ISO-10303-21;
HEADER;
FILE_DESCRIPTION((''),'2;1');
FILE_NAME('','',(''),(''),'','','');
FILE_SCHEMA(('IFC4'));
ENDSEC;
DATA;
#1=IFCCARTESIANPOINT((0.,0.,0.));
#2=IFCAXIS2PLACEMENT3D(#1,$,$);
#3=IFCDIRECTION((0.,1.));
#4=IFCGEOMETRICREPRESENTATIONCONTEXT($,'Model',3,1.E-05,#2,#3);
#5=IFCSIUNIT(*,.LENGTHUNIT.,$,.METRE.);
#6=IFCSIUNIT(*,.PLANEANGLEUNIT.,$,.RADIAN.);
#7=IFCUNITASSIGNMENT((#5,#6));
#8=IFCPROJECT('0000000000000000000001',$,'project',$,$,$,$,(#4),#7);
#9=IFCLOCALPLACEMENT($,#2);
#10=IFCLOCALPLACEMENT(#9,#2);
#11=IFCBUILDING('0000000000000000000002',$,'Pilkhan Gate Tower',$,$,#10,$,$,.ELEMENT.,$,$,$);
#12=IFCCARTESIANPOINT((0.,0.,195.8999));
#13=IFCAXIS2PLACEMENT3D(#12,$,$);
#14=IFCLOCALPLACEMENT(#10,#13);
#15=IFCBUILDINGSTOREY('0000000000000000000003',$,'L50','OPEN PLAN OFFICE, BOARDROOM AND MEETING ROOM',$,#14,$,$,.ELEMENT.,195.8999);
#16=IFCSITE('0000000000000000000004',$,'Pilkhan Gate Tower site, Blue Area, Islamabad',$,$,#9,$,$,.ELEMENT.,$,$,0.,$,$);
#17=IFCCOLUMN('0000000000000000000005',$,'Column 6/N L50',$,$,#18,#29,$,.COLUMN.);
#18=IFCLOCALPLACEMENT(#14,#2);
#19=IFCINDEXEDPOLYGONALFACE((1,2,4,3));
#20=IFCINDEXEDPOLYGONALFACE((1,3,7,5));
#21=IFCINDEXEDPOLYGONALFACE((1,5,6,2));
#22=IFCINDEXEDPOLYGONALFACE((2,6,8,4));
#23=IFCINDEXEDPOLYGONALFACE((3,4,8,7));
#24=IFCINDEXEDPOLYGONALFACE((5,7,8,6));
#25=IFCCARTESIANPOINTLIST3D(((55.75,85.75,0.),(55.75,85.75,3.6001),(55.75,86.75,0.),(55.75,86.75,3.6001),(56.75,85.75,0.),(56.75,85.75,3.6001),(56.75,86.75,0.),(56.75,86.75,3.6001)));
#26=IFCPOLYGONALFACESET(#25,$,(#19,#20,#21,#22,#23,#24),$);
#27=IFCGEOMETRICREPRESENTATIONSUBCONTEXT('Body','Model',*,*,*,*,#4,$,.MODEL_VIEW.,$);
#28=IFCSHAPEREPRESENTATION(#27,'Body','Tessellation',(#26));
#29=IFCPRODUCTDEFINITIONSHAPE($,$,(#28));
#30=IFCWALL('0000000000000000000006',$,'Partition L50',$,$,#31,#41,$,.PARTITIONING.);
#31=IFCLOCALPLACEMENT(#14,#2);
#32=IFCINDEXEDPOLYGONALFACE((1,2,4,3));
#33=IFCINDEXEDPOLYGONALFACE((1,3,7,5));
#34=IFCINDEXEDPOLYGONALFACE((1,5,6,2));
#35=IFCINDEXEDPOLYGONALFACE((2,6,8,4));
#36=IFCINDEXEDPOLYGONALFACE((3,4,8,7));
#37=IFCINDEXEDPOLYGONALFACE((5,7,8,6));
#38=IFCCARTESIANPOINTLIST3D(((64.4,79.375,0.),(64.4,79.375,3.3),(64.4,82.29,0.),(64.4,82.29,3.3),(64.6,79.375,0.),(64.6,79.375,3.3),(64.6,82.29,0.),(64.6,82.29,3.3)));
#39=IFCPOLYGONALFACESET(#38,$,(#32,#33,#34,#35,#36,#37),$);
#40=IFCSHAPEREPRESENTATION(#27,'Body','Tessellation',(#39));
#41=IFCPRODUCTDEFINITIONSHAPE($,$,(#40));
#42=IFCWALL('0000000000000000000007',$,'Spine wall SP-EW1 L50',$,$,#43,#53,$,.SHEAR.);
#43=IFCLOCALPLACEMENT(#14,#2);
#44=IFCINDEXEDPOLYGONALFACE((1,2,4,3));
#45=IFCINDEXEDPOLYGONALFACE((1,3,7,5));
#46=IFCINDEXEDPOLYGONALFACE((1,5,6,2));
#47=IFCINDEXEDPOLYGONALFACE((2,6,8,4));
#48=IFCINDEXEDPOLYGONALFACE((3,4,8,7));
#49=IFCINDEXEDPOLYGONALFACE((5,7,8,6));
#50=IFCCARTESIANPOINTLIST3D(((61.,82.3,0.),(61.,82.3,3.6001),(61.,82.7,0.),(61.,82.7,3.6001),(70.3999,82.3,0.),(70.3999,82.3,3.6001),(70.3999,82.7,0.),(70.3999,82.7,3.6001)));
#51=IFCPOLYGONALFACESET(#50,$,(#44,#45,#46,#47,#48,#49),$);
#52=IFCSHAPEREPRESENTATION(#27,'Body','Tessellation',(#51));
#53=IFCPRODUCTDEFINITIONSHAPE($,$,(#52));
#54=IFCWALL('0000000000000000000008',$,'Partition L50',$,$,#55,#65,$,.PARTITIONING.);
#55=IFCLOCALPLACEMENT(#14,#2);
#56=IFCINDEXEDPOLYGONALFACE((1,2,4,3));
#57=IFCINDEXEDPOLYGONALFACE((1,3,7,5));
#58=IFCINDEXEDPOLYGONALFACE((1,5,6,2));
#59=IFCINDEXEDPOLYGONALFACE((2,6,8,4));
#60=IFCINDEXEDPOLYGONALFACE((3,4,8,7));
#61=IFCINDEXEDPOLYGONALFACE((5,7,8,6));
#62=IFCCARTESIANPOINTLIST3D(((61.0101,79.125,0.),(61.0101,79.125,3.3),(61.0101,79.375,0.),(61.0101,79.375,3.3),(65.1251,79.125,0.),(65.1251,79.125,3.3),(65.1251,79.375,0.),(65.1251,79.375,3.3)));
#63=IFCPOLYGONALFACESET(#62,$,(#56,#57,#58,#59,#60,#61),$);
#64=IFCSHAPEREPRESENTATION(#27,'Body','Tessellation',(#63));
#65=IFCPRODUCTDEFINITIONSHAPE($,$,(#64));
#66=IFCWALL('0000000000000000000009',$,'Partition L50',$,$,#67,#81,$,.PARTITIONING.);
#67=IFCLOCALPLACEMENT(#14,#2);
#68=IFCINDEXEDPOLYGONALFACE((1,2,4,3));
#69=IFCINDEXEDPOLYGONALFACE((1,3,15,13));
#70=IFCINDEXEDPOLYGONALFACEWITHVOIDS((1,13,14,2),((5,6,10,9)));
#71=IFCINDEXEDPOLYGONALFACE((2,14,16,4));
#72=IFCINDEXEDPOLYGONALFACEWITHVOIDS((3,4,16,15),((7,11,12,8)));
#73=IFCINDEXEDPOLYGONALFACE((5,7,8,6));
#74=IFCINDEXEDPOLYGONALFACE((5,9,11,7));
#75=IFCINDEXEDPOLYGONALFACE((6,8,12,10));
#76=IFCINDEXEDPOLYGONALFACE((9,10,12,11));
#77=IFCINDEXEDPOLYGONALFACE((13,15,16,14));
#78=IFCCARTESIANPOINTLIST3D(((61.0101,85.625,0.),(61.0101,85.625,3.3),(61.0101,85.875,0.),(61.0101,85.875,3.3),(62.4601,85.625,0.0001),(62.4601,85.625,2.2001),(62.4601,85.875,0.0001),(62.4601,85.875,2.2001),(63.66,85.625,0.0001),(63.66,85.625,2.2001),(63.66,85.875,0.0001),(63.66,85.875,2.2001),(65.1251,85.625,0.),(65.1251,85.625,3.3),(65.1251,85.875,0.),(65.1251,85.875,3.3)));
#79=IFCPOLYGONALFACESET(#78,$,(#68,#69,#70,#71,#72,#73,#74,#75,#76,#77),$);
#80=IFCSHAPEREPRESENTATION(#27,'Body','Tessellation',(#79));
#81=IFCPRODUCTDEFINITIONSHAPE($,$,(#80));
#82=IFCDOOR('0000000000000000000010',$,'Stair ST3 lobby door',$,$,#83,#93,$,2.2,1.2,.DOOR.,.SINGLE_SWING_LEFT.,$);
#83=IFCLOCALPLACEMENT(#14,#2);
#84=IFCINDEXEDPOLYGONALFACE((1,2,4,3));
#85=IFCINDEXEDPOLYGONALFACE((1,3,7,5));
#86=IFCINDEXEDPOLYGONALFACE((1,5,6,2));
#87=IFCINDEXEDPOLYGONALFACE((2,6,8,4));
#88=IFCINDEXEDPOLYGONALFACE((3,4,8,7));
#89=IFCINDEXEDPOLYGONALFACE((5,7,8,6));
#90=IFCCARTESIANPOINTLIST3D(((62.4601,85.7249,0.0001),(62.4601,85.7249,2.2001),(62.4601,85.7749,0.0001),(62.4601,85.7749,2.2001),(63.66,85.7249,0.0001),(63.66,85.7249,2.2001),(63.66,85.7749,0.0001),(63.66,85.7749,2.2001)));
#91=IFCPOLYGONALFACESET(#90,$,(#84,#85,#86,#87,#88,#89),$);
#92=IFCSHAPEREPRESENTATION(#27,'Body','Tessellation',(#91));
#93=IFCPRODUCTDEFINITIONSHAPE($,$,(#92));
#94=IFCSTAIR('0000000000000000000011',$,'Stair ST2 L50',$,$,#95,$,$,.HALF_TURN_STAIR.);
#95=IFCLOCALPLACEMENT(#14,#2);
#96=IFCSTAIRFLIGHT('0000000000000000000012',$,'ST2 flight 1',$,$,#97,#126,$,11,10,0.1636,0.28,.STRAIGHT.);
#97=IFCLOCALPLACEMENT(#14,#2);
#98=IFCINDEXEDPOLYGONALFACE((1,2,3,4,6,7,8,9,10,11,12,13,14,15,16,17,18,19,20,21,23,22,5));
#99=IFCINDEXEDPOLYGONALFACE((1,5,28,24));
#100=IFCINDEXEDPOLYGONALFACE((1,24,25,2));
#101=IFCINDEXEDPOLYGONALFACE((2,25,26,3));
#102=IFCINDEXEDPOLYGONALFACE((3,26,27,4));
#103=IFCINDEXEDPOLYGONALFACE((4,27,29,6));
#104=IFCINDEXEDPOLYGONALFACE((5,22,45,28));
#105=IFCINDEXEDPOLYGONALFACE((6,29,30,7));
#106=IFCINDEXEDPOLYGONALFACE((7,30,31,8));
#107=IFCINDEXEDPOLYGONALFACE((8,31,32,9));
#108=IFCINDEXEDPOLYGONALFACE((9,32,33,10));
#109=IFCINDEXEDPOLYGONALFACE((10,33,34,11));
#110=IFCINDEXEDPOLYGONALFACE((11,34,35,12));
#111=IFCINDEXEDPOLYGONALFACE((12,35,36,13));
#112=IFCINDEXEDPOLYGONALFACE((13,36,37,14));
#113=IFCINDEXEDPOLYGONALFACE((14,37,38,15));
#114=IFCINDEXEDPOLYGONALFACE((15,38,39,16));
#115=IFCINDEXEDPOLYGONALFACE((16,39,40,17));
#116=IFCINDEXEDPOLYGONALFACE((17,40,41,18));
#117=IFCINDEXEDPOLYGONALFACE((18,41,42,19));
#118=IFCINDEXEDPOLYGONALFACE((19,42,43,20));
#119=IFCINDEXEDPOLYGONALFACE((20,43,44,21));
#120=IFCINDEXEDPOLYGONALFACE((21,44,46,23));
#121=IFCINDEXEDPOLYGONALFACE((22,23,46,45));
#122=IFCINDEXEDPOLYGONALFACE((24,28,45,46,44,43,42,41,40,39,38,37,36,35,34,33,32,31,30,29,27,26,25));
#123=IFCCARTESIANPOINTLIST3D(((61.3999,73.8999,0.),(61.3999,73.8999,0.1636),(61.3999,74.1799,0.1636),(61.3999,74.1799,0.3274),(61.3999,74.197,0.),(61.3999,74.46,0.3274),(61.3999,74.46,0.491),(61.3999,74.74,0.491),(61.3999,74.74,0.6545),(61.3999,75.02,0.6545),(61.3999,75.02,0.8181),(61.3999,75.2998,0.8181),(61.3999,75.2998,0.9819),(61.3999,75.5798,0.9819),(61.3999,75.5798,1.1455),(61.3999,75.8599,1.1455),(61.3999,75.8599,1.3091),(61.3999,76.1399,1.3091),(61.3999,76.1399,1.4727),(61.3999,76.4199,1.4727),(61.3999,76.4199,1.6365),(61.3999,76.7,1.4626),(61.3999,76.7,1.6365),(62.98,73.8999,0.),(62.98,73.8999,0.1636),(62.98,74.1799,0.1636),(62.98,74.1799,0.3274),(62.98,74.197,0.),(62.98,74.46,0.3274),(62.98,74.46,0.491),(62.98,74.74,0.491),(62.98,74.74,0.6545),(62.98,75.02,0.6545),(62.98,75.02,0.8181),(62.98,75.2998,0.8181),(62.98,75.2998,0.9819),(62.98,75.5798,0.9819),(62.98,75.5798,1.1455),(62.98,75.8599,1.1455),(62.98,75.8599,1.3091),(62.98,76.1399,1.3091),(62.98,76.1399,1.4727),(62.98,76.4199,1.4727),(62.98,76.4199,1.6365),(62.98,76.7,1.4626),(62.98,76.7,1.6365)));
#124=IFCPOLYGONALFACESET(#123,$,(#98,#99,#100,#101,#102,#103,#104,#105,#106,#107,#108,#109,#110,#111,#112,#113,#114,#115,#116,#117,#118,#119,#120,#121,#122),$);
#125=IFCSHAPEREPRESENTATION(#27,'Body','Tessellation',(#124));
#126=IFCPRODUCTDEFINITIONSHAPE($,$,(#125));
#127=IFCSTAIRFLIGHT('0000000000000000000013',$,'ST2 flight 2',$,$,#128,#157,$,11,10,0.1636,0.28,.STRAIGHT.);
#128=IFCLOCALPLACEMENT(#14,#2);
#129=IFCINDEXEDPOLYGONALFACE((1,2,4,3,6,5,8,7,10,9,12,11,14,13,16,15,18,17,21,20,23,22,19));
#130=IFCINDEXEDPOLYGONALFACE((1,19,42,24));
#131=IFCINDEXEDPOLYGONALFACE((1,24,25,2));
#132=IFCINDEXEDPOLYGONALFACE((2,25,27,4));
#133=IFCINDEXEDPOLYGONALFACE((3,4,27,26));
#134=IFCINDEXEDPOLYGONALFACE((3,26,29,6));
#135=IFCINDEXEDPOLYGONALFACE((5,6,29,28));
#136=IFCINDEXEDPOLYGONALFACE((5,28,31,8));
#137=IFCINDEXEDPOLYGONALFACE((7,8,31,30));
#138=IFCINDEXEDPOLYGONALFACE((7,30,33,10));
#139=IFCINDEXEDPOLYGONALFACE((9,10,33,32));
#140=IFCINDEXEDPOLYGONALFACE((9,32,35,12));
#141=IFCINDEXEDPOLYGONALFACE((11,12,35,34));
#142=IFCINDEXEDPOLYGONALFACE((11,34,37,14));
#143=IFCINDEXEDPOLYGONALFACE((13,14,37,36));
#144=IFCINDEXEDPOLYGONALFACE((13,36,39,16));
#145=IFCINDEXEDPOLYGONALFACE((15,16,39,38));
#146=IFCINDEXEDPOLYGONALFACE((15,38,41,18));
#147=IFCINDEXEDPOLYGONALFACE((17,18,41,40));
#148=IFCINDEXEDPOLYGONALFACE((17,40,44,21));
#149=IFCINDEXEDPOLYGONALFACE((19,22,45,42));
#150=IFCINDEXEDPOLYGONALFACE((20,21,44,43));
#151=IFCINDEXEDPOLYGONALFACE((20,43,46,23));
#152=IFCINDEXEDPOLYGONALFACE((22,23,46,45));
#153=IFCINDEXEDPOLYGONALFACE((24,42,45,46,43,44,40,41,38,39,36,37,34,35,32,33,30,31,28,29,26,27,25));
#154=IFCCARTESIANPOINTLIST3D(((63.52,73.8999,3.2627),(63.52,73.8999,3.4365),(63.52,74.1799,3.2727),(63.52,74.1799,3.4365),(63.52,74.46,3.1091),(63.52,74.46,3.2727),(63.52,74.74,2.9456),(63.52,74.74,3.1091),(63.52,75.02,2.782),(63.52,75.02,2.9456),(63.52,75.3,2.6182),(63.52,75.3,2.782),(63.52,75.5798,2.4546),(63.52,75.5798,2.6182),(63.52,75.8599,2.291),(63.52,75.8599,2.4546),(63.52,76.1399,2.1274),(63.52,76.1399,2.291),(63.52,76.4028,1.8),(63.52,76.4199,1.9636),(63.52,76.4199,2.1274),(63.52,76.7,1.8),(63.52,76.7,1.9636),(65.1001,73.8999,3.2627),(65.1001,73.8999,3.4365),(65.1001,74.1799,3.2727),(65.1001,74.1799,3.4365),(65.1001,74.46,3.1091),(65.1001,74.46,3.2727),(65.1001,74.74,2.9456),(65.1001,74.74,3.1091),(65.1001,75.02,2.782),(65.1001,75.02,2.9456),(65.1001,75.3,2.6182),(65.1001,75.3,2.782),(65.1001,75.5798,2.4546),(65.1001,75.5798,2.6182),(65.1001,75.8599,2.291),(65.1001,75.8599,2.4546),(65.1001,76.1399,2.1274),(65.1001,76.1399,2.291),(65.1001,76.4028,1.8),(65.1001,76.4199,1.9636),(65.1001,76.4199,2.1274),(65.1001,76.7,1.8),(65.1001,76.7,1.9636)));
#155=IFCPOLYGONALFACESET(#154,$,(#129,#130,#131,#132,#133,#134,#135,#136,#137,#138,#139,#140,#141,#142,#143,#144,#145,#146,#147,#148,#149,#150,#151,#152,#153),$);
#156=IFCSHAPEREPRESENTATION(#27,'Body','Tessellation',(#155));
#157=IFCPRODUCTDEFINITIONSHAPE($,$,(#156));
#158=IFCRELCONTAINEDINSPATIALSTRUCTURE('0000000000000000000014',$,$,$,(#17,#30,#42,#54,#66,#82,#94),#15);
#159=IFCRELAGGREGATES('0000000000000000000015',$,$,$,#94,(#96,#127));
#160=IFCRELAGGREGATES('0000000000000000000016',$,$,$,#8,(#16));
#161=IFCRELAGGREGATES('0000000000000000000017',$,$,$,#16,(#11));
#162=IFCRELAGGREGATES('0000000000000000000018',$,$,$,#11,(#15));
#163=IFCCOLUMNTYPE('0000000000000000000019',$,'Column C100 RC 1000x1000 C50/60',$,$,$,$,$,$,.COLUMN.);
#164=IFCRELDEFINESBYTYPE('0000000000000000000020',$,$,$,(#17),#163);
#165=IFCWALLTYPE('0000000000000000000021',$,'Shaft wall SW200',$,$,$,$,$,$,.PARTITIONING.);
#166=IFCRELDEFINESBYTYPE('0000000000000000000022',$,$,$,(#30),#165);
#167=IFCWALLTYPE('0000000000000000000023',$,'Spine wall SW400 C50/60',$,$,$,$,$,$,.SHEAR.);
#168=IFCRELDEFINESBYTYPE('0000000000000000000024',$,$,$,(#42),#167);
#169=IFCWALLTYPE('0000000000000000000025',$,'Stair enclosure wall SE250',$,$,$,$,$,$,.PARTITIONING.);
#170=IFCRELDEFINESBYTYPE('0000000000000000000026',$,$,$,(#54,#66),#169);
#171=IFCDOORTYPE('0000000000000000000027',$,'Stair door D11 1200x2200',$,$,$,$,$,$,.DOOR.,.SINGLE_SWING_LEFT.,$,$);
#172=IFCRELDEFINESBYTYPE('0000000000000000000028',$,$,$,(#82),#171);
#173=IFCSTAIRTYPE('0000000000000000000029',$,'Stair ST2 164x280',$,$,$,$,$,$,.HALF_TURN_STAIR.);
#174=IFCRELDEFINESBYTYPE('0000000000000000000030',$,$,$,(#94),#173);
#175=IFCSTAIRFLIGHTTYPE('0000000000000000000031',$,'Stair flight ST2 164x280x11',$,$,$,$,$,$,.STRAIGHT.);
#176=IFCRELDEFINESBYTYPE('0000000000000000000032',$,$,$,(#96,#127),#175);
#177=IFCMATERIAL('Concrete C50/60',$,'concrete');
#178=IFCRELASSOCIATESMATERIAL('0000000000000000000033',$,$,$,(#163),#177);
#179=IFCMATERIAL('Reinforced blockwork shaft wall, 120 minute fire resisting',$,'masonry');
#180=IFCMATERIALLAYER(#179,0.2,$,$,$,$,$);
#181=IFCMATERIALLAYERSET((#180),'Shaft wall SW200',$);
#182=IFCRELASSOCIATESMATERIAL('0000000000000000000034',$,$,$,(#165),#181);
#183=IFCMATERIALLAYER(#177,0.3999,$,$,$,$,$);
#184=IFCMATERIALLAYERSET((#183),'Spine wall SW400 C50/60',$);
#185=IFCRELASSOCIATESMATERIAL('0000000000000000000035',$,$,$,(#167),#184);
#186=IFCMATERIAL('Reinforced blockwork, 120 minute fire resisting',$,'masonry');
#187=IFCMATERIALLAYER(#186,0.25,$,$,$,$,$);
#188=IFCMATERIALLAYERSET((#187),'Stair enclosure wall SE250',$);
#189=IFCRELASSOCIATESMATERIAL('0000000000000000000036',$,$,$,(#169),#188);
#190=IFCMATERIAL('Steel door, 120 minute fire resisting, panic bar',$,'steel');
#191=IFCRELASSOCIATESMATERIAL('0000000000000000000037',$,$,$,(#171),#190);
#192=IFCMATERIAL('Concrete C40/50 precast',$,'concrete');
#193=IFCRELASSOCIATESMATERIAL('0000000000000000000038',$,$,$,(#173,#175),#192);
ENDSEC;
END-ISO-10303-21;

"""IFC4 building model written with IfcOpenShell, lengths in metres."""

from ifc_helpers import new_model, si_unit, direction, frame, frame_2d, origin, origin_2d, place, context, subcontext, project, spatial, polyline, rectangle, outline, extrude, material, layer, layer_set, material_profile, profile_set, type_object, element, fill, aggregate, save


model = new_model("IFC4")

# Units and contexts
model_context = context("Model", 3, precision=1e-05, world=origin(), true_north=direction((0.0, 1.0)))
body_context = subcontext(model_context, "Body", "Model", "MODEL_VIEW")
ifc_project = project(units=[si_unit("LENGTHUNIT", "METRE"), si_unit("PLANEANGLEUNIT", "RADIAN")], contexts=[model_context])

# Site, building, storey
site_placement = place(None, origin())
site = spatial("IfcSite", under=ifc_project, at=site_placement, Name="Pilkhan Gate Tower site, Blue Area, Islamabad", CompositionType="ELEMENT", RefElevation=0.0)
building_placement = place(site_placement, origin())
building = spatial("IfcBuilding", under=site, at=building_placement, Name="Pilkhan Gate Tower", CompositionType="ELEMENT")
storey_placement = place(building_placement, frame((0.0, 0.0, 195.8999)))
storey = spatial("IfcBuildingStorey", under=building, at=storey_placement, Name="L50", Description="OPEN PLAN OFFICE, BOARDROOM AND MEETING ROOM", CompositionType="ELEMENT", Elevation=195.8999)

# Column
ifc_material_1 = material(Name="Concrete C50/60", Category="concrete")
ifc_material_profile = material_profile(ifc_material_1, rectangle(XDim=1.0, YDim=1.0, at=origin_2d()), Name="RC 1000x1000")
ifc_profile_set = profile_set([ifc_material_profile], Name="Concrete C50/60")
column_type = type_object("IfcColumnType", Name="Column C100 RC 1000x1000 C50/60", PredefinedType="COLUMN", material=ifc_profile_set)
column_placement = place(storey_placement, frame((56.25, 86.25, 0.0), z_axis=(0.0, 0.0, 1.0), x_axis=(1.0, 0.0, 0.0)))
element("IfcColumn", 1, at=column_placement, inside=storey, type_object=column_type, Name="Column 6/N L50", PredefinedType="COLUMN", context=body_context, shape_type="SweptSolid", body=[
    extrude(rectangle(XDim=1.0, YDim=1.0, at=origin_2d()), origin(), (0.0, 0.0, 1.0), 3.6001),
])

# Walls
ifc_material_2 = material(Name="Reinforced blockwork shaft wall, 120 minute fire resisting", Category="masonry")
ifc_layer_1 = layer(ifc_material_2, 0.2)
ifc_layer_set_1 = layer_set([ifc_layer_1], Name="Shaft wall SW200")
wall_type_1 = type_object("IfcWallType", Name="Shaft wall SW200", PredefinedType="PARTITIONING", material=ifc_layer_set_1)
wall_1_placement = place(storey_placement, frame((64.5, 79.375, 0.0), z_axis=(0.0, 0.0, 1.0), x_axis=(0.0, 1.0, 0.0)))
element("IfcWall", 2, at=wall_1_placement, inside=storey, type_object=wall_type_1, Name="Partition L50", PredefinedType="PARTITIONING", context=body_context, shape_type="SweptSolid", body=[
    extrude(rectangle(XDim=2.915, YDim=0.2, at=frame_2d((1.4575, 0.0))), origin(), (0.0, 0.0, 1.0), 3.3),
])
ifc_layer_2 = layer(ifc_material_1, 0.3999)
ifc_layer_set_2 = layer_set([ifc_layer_2], Name="Spine wall SW400 C50/60")
wall_type_2 = type_object("IfcWallType", Name="Spine wall SW400 C50/60", PredefinedType="SHEAR", material=ifc_layer_set_2)
wall_2_placement = place(storey_placement, frame((61.0, 82.5, 0.0), z_axis=(0.0, 0.0, 1.0), x_axis=(1.0, 0.0, 0.0)))
element("IfcWall", 3, at=wall_2_placement, inside=storey, type_object=wall_type_2, Name="Spine wall SP-EW1 L50", PredefinedType="SHEAR", context=body_context, shape_type="SweptSolid", body=[
    extrude(rectangle(XDim=9.3999, YDim=0.3999, at=frame_2d((4.7, 0.0))), origin(), (0.0, 0.0, 1.0), 3.6001),
])
ifc_material_3 = material(Name="Reinforced blockwork, 120 minute fire resisting", Category="masonry")
ifc_layer_3 = layer(ifc_material_3, 0.25)
ifc_layer_set_3 = layer_set([ifc_layer_3], Name="Stair enclosure wall SE250")
wall_type_3 = type_object("IfcWallType", Name="Stair enclosure wall SE250", PredefinedType="PARTITIONING", material=ifc_layer_set_3)
wall_3_placement = place(storey_placement, frame((61.01, 79.25, 0.0), z_axis=(0.0, 0.0, 1.0), x_axis=(1.0, 0.0, 0.0)))
element("IfcWall", 4, at=wall_3_placement, inside=storey, type_object=wall_type_3, Name="Partition L50", PredefinedType="PARTITIONING", context=body_context, shape_type="SweptSolid", body=[
    extrude(rectangle(XDim=4.115, YDim=0.25, at=frame_2d((2.0576, 0.0))), origin(), (0.0, 0.0, 1.0), 3.3),
])

# Wall, opening, door
wall_4_placement = place(storey_placement, frame((61.01, 85.75, 0.0), z_axis=(0.0, 0.0, 1.0), x_axis=(1.0, 0.0, 0.0)))
wall_4 = element("IfcWall", 5, at=wall_4_placement, inside=storey, type_object=wall_type_3, Name="Partition L50", PredefinedType="PARTITIONING", context=body_context, shape_type="SweptSolid", body=[
    extrude(rectangle(XDim=4.115, YDim=0.25, at=frame_2d((2.0576, 0.0))), origin(), (0.0, 0.0, 1.0), 3.3),
])
opening_placement = place(wall_4_placement, frame((1.45, 0.0, 0.0)))
opening = element("IfcOpeningElement", 6, at=opening_placement, cuts=wall_4, PredefinedType="OPENING", context=body_context, shape_type="SweptSolid", body=[
    extrude(rectangle(XDim=1.2, YDim=2.2, at=frame_2d((0.6001, 1.1001))), frame((0.0, 0.135, 0.0), z_axis=(0.0, -1.0, 0.0), x_axis=(1.0, 0.0, 0.0)), (0.0, 0.0, 1.0), 0.27),
])
ifc_material_4 = material(Name="Steel door, 120 minute fire resisting, panic bar", Category="steel")
door_type = type_object("IfcDoorType", Name="Stair door D11 1200x2200", OperationType="SINGLE_SWING_LEFT", PredefinedType="DOOR", material=ifc_material_4)
door_placement = place(opening_placement, origin())
door = element("IfcDoor", 7, at=door_placement, inside=storey, type_object=door_type, Name="Stair ST3 lobby door", OperationType="SINGLE_SWING_LEFT", OverallHeight=2.2, OverallWidth=1.2, PredefinedType="DOOR", context=body_context, shape_type="SweptSolid", body=[
    extrude(rectangle(XDim=1.2, YDim=2.2, at=frame_2d((0.6001, 1.1001))), frame((0.0, 0.0249, 0.0), z_axis=(0.0, -1.0, 0.0), x_axis=(1.0, 0.0, 0.0)), (0.0, 0.0, 1.0), 0.05),
])
fill(opening, door)

# Stair, stair flights
ifc_material_5 = material(Name="Concrete C40/50 precast", Category="concrete")
stair_type_1 = type_object("IfcStairType", Name="Stair ST2 164x280", PredefinedType="HALF_TURN_STAIR", material=ifc_material_5)
stair_1_placement = place(storey_placement, origin())
stair_1 = element("IfcStair", 8, at=stair_1_placement, inside=storey, type_object=stair_type_1, Name="Stair ST2 L50", PredefinedType="HALF_TURN_STAIR")
stair_flight_type_1 = type_object("IfcStairFlightType", Name="Stair flight ST2 164x280x11", PredefinedType="STRAIGHT", material=ifc_material_5)
stair_flight_1_placement = place(storey_placement, frame((62.1899, 73.8999, 0.0), z_axis=(0.0, 0.0, 1.0), x_axis=(0.0, 1.0, 0.0)))
stair_flight_1 = element("IfcStairFlight", 9, at=stair_flight_1_placement, type_object=stair_flight_type_1, Name="ST2 flight 1", NumberOfRisers=11, NumberOfTreads=10, PredefinedType="STRAIGHT", RiserHeight=0.1636, TreadLength=0.28, context=body_context, shape_type="SweptSolid", body=[
    extrude(outline(polyline([(0.0, 0.0), (0.0, 0.1636), (0.28, 0.1636), (0.28, 0.3274), (0.5601, 0.3274), (0.5601, 0.491), (0.8401, 0.491), (0.8401, 0.6545), (1.1201, 0.6545), (1.1201, 0.8181), (1.3999, 0.8181), (1.3999, 0.9819), (1.6799, 0.9819), (1.6799, 1.1455), (1.96, 1.1455), (1.96, 1.3091), (2.24, 1.3091), (2.24, 1.4727), (2.52, 1.4727), (2.52, 1.6365), (2.8, 1.6365), (2.8, 1.8), (2.8, 1.4626), (0.2971, 0.0), (0.0, 0.0)])), frame((0.0, 0.79, 0.0), z_axis=(0.0, -1.0, 0.0), x_axis=(1.0, 0.0, 0.0)), (0.0, 0.0, 1.0), 1.5801),
])
stair_flight_2_placement = place(storey_placement, frame((64.3101, 76.7, 1.8), z_axis=(0.0, 0.0, 1.0), x_axis=(0.0, -1.0, 0.0)))
stair_flight_2 = element("IfcStairFlight", 10, at=stair_flight_2_placement, type_object=stair_flight_type_1, Name="ST2 flight 2", NumberOfRisers=11, NumberOfTreads=10, PredefinedType="STRAIGHT", RiserHeight=0.1636, TreadLength=0.28, context=body_context, shape_type="SweptSolid", body=[
    extrude(outline(polyline([(0.0, 0.0), (0.0, 0.1636), (0.28, 0.1636), (0.28, 0.3274), (0.5601, 0.3274), (0.5601, 0.491), (0.8401, 0.491), (0.8401, 0.6545), (1.1201, 0.6545), (1.1201, 0.8181), (1.3999, 0.8181), (1.3999, 0.9819), (1.6799, 0.9819), (1.6799, 1.1455), (1.96, 1.1455), (1.96, 1.3091), (2.24, 1.3091), (2.24, 1.4727), (2.52, 1.4727), (2.52, 1.6365), (2.8, 1.6365), (2.8, 1.8), (2.8, 1.4626), (0.2971, 0.0), (0.0, 0.0)])), frame((0.0, 0.79, 0.0), z_axis=(0.0, -1.0, 0.0), x_axis=(1.0, 0.0, 0.0)), (0.0, 0.0, 1.0), 1.5801),
])
aggregate(stair_1, [stair_flight_1, stair_flight_2])

save(model, "model.ifc")
